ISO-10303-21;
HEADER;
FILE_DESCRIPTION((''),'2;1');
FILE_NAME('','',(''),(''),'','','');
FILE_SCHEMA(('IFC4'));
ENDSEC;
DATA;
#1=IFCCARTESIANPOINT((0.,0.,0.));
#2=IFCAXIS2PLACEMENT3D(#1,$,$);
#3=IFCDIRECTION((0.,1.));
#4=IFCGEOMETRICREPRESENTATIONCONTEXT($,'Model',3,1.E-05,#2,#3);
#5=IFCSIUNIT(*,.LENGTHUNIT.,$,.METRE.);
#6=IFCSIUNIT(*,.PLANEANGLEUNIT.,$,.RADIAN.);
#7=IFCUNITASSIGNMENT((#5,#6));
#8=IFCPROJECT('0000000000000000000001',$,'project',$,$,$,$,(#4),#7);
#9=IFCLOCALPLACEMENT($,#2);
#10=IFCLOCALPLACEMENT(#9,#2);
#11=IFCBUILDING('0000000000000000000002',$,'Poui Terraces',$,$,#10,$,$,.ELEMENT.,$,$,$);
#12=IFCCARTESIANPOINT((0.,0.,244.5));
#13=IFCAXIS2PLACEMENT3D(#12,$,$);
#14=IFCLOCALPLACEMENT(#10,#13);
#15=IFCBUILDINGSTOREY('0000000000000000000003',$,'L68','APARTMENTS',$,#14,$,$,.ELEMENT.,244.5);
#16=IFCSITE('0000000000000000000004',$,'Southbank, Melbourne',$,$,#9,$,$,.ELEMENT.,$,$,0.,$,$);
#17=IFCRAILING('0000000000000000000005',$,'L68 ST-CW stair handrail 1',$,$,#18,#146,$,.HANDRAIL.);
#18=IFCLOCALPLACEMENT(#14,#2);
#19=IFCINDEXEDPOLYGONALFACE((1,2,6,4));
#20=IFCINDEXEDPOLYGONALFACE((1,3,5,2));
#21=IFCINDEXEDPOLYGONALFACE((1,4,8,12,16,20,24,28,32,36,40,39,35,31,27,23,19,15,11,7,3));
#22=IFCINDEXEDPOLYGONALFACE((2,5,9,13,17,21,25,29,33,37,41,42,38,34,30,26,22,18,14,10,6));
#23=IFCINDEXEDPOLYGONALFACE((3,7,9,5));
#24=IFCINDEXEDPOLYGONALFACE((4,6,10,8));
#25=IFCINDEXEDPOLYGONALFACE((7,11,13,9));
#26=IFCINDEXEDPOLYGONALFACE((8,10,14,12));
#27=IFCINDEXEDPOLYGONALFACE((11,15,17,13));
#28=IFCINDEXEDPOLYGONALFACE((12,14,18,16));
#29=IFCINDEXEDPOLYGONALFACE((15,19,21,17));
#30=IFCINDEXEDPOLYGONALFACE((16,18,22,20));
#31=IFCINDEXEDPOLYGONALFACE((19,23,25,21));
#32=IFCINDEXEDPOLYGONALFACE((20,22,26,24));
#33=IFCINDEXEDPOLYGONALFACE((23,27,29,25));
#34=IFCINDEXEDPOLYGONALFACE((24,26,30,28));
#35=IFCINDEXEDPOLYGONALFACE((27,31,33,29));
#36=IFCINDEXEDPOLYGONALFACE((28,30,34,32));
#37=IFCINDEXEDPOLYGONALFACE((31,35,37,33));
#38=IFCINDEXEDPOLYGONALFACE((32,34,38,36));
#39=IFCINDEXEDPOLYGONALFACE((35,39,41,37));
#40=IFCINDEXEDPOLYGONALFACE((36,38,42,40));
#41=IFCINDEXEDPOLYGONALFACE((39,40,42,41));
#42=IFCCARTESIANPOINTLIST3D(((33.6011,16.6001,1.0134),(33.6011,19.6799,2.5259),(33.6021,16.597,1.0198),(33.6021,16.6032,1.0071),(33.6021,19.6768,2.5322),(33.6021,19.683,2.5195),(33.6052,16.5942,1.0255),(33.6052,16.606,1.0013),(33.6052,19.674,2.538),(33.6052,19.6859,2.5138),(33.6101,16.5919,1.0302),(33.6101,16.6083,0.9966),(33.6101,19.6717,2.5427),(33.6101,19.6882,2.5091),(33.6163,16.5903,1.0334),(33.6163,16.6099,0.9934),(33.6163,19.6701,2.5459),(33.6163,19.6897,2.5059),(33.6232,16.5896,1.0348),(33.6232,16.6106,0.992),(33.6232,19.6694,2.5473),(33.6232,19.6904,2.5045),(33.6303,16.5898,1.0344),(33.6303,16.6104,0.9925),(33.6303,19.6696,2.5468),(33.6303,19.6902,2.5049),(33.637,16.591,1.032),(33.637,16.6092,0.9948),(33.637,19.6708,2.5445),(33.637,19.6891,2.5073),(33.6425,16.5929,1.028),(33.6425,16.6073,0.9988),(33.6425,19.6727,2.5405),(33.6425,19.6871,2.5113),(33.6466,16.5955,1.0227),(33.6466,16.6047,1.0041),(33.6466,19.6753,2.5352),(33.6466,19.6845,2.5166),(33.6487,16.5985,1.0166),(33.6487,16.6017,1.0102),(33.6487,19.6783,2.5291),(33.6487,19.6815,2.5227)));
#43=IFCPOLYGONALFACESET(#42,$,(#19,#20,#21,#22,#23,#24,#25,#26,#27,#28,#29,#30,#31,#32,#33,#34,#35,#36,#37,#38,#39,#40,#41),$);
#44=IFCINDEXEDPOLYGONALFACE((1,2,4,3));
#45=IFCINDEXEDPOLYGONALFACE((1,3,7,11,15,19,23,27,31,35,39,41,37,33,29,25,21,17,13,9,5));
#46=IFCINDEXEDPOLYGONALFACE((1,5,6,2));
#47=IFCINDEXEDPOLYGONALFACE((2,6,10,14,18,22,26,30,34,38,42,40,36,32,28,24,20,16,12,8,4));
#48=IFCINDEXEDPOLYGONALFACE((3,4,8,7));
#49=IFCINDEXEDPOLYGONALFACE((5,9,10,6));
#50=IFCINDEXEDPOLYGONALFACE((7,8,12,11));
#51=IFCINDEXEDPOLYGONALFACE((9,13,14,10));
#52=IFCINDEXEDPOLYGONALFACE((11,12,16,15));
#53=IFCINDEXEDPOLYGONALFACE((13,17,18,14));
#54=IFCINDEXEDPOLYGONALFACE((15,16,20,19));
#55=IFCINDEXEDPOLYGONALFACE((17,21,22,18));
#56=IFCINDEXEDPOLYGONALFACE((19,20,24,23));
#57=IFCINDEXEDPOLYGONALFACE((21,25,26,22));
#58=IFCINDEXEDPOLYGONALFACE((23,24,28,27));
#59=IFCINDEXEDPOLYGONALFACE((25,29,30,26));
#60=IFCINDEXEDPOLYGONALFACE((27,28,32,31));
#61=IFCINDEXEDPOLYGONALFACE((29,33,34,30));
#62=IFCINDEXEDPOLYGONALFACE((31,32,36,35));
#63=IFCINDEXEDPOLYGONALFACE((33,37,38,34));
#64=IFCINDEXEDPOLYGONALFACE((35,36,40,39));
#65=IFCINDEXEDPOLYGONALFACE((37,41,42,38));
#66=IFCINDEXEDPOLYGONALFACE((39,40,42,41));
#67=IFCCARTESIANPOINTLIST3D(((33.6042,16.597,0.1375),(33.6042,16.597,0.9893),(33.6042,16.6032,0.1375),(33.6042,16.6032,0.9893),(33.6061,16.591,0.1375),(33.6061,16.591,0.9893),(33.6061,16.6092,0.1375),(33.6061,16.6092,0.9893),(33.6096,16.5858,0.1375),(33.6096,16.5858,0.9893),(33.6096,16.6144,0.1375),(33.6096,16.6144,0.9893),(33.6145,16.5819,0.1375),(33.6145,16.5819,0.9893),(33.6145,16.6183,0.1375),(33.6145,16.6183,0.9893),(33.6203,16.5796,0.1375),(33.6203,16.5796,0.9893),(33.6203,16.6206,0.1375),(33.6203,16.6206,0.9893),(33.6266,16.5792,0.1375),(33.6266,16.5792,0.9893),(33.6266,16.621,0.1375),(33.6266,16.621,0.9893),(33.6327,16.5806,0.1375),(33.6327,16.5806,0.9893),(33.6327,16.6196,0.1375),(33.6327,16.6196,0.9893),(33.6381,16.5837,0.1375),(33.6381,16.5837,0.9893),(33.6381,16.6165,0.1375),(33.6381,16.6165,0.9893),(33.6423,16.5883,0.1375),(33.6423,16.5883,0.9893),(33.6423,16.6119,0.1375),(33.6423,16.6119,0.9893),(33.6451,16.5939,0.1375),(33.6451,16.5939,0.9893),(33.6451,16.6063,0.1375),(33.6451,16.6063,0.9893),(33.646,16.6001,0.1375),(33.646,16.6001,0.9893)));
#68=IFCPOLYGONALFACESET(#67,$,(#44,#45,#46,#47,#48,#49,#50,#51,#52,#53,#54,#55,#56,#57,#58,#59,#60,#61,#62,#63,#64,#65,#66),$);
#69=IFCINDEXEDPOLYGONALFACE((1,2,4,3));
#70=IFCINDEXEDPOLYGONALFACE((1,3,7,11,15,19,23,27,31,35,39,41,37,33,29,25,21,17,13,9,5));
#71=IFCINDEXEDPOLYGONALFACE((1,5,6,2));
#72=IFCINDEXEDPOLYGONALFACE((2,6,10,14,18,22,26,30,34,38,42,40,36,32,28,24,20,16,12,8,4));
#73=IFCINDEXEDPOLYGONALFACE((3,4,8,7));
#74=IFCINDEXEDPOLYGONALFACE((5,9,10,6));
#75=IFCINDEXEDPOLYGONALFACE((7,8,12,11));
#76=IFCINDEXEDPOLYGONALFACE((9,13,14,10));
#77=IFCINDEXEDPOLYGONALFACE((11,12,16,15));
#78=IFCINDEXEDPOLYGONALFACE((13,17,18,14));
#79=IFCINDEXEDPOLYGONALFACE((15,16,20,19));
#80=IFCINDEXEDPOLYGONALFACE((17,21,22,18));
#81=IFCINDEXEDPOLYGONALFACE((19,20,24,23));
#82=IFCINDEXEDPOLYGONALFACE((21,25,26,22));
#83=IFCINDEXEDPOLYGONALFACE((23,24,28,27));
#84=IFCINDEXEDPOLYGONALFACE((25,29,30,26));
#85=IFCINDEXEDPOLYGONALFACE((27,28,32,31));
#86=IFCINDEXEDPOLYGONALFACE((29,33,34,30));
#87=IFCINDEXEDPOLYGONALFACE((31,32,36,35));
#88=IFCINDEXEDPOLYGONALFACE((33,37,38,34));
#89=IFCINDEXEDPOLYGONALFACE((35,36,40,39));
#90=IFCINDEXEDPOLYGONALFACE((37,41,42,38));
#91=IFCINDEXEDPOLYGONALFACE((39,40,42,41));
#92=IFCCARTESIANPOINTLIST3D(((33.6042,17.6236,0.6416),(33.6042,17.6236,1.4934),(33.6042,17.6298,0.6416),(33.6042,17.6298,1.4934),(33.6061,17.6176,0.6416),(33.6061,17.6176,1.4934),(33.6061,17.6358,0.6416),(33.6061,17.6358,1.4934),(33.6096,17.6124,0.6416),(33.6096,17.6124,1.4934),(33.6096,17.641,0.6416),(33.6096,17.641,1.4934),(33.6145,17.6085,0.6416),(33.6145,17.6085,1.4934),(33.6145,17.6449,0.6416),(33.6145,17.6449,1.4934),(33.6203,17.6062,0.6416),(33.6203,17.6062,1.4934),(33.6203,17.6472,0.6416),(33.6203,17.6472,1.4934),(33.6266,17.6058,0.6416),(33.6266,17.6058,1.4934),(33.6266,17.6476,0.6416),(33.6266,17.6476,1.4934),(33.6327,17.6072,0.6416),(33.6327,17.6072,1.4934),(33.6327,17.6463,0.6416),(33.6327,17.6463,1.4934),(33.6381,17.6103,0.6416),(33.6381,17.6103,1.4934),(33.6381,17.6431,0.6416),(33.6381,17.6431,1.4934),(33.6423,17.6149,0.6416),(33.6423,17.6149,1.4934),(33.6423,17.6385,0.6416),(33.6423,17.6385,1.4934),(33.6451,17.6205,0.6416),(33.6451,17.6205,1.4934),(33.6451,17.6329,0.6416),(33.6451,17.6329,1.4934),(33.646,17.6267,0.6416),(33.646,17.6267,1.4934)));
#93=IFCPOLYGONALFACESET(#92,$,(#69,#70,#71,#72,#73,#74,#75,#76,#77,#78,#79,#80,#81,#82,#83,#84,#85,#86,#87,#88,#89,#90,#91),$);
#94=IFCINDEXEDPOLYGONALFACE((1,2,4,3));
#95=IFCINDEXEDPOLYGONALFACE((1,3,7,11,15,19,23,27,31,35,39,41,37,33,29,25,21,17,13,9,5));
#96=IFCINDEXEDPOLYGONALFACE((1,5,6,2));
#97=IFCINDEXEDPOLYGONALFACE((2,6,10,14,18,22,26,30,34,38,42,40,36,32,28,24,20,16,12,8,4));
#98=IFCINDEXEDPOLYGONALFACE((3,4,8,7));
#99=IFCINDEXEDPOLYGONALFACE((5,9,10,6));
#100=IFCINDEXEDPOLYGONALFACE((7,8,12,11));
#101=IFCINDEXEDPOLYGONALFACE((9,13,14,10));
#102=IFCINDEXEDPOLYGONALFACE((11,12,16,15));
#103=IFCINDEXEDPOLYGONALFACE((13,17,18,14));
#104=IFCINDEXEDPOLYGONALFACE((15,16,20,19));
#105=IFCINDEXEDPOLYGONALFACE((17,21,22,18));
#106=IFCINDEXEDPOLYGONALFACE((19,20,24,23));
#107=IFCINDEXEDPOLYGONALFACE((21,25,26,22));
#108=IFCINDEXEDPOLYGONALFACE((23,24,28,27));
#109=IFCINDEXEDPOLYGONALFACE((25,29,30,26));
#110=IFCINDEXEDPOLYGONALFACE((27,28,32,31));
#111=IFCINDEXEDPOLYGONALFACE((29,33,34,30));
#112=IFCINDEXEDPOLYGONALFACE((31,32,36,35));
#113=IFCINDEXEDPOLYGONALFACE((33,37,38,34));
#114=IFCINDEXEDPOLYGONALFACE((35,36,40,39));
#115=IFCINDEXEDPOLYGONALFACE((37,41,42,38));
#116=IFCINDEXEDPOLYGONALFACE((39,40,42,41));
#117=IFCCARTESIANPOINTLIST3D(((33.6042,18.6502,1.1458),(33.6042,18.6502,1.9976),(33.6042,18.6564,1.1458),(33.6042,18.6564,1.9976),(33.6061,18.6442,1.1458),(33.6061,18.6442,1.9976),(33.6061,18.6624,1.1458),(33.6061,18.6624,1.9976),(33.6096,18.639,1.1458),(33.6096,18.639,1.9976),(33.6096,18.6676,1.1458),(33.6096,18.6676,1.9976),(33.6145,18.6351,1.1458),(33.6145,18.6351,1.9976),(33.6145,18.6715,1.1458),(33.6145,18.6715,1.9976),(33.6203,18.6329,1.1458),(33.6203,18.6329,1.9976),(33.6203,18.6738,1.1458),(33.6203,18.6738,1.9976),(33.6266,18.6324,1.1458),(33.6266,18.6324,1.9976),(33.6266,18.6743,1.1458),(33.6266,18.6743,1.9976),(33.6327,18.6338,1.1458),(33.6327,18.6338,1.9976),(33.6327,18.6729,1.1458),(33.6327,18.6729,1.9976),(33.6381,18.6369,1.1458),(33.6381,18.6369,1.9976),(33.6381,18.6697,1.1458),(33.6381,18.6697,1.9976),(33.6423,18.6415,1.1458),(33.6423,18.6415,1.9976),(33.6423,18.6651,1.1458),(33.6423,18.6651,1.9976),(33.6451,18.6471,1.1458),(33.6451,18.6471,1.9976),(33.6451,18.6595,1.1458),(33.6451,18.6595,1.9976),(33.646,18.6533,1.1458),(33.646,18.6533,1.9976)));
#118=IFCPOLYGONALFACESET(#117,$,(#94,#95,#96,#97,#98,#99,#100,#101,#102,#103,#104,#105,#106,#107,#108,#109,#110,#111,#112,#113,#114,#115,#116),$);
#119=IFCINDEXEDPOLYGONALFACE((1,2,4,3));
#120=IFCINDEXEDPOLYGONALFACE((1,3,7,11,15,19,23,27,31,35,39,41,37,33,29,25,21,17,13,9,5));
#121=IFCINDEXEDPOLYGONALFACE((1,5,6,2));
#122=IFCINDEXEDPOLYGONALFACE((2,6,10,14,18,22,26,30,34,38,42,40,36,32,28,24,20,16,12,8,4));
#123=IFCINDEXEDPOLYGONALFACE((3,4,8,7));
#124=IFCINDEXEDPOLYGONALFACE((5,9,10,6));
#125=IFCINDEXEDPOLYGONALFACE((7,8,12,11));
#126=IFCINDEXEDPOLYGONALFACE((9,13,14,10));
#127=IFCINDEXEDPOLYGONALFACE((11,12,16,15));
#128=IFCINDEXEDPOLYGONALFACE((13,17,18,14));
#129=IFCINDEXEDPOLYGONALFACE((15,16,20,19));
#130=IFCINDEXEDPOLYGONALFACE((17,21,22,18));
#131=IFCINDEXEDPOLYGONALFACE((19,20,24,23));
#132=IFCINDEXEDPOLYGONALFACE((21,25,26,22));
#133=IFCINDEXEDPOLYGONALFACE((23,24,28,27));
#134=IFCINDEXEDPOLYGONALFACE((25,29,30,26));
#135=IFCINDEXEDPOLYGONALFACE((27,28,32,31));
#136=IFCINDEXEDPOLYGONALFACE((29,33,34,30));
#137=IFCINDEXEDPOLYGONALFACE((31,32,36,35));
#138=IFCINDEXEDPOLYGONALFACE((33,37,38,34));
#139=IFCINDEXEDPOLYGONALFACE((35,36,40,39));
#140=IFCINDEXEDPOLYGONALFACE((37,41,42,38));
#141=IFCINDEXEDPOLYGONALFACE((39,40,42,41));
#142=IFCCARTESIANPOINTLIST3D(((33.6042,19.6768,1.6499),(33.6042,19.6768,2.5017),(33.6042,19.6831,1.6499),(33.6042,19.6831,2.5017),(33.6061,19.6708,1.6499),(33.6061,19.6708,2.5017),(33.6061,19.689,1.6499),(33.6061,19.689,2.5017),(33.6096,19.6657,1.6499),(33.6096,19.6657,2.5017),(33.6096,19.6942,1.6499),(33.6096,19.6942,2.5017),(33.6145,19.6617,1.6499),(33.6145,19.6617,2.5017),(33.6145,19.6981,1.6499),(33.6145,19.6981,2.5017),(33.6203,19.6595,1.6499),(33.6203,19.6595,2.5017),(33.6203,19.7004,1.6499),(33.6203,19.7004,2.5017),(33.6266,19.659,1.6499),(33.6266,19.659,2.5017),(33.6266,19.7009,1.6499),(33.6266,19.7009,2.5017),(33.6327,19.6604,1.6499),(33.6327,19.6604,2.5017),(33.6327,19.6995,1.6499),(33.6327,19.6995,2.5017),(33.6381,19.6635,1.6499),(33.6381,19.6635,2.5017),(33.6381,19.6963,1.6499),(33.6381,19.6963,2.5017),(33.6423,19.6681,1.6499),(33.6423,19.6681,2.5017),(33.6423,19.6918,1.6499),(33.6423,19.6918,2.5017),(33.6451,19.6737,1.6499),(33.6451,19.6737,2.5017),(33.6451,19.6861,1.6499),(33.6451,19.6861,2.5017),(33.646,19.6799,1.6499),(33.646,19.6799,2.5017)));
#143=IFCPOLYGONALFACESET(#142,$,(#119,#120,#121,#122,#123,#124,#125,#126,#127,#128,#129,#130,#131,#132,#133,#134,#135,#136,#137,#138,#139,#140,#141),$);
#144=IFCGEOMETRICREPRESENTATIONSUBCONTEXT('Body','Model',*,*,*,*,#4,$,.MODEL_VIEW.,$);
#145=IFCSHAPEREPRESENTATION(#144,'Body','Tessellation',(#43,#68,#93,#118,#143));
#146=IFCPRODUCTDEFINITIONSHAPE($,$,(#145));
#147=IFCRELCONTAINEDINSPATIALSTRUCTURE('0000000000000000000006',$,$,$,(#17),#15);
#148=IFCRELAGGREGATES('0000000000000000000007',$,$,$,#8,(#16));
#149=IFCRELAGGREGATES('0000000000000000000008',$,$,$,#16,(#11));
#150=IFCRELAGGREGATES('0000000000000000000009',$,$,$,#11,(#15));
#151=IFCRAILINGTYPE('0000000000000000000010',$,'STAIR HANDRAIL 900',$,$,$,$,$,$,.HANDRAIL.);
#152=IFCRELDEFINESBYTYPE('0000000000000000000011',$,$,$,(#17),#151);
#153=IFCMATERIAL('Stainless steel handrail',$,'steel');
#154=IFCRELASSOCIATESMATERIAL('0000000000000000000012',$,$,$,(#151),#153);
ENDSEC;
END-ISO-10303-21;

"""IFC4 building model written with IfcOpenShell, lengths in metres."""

from ifc_helpers import new_model, si_unit, direction, frame, origin, origin_2d, place, context, subcontext, project, spatial, circle, extrude, material, type_object, element, save


model = new_model("IFC4")

# Units and contexts
model_context = context("Model", 3, precision=1e-05, world=origin(), true_north=direction((0.0, 1.0)))
body_context = subcontext(model_context, "Body", "Model", "MODEL_VIEW")
ifc_project = project(units=[si_unit("LENGTHUNIT", "METRE"), si_unit("PLANEANGLEUNIT", "RADIAN")], contexts=[model_context])

# Site, building, storey
site_placement = place(None, origin())
site = spatial("IfcSite", under=ifc_project, at=site_placement, Name="Southbank, Melbourne", CompositionType="ELEMENT", RefElevation=0.0)
building_placement = place(site_placement, origin())
building = spatial("IfcBuilding", under=site, at=building_placement, Name="Poui Terraces", CompositionType="ELEMENT")
storey_placement = place(building_placement, frame((0.0, 0.0, 244.5)))
storey = spatial("IfcBuildingStorey", under=building, at=storey_placement, Name="L68", Description="APARTMENTS", CompositionType="ELEMENT", Elevation=244.5)

# Railing
ifc_material_1 = material(Name="Stainless steel handrail", Category="steel")
railing_type_1 = type_object("IfcRailingType", Name="STAIR HANDRAIL 900", PredefinedType="HANDRAIL", material=ifc_material_1)
railing_1_placement = place(storey_placement, frame((33.625, 16.6001, 0.1375)))
element("IfcRailing", 1, at=railing_1_placement, inside=storey, type_object=railing_type_1, Name="L68 ST-CW stair handrail 1", PredefinedType="HANDRAIL", context=body_context, shape_type="SweptSolid", body=[
    extrude(circle(Radius=0.0239, at=origin_2d()), frame((0.0, 0.0, 0.876), z_axis=(0.0, 0.897606, 0.440798), x_axis=(-1.0, 0.0, 0.0)), (0.0, 0.0, 1.0), 3.4312),
    extrude(circle(Radius=0.021, at=origin_2d()), origin(), (0.0, 0.0, 1.0), 0.8518),
    extrude(circle(Radius=0.021, at=origin_2d()), frame((0.0, 1.0266, 0.5042)), (0.0, 0.0, 1.0), 0.8518),
    extrude(circle(Radius=0.021, at=origin_2d()), frame((0.0, 2.0532, 1.0083)), (0.0, 0.0, 1.0), 0.8518),
    extrude(circle(Radius=0.021, at=origin_2d()), frame((0.0, 3.0798, 1.5125)), (0.0, 0.0, 1.0), 0.8518),
])

save(model, "model.ifc")
